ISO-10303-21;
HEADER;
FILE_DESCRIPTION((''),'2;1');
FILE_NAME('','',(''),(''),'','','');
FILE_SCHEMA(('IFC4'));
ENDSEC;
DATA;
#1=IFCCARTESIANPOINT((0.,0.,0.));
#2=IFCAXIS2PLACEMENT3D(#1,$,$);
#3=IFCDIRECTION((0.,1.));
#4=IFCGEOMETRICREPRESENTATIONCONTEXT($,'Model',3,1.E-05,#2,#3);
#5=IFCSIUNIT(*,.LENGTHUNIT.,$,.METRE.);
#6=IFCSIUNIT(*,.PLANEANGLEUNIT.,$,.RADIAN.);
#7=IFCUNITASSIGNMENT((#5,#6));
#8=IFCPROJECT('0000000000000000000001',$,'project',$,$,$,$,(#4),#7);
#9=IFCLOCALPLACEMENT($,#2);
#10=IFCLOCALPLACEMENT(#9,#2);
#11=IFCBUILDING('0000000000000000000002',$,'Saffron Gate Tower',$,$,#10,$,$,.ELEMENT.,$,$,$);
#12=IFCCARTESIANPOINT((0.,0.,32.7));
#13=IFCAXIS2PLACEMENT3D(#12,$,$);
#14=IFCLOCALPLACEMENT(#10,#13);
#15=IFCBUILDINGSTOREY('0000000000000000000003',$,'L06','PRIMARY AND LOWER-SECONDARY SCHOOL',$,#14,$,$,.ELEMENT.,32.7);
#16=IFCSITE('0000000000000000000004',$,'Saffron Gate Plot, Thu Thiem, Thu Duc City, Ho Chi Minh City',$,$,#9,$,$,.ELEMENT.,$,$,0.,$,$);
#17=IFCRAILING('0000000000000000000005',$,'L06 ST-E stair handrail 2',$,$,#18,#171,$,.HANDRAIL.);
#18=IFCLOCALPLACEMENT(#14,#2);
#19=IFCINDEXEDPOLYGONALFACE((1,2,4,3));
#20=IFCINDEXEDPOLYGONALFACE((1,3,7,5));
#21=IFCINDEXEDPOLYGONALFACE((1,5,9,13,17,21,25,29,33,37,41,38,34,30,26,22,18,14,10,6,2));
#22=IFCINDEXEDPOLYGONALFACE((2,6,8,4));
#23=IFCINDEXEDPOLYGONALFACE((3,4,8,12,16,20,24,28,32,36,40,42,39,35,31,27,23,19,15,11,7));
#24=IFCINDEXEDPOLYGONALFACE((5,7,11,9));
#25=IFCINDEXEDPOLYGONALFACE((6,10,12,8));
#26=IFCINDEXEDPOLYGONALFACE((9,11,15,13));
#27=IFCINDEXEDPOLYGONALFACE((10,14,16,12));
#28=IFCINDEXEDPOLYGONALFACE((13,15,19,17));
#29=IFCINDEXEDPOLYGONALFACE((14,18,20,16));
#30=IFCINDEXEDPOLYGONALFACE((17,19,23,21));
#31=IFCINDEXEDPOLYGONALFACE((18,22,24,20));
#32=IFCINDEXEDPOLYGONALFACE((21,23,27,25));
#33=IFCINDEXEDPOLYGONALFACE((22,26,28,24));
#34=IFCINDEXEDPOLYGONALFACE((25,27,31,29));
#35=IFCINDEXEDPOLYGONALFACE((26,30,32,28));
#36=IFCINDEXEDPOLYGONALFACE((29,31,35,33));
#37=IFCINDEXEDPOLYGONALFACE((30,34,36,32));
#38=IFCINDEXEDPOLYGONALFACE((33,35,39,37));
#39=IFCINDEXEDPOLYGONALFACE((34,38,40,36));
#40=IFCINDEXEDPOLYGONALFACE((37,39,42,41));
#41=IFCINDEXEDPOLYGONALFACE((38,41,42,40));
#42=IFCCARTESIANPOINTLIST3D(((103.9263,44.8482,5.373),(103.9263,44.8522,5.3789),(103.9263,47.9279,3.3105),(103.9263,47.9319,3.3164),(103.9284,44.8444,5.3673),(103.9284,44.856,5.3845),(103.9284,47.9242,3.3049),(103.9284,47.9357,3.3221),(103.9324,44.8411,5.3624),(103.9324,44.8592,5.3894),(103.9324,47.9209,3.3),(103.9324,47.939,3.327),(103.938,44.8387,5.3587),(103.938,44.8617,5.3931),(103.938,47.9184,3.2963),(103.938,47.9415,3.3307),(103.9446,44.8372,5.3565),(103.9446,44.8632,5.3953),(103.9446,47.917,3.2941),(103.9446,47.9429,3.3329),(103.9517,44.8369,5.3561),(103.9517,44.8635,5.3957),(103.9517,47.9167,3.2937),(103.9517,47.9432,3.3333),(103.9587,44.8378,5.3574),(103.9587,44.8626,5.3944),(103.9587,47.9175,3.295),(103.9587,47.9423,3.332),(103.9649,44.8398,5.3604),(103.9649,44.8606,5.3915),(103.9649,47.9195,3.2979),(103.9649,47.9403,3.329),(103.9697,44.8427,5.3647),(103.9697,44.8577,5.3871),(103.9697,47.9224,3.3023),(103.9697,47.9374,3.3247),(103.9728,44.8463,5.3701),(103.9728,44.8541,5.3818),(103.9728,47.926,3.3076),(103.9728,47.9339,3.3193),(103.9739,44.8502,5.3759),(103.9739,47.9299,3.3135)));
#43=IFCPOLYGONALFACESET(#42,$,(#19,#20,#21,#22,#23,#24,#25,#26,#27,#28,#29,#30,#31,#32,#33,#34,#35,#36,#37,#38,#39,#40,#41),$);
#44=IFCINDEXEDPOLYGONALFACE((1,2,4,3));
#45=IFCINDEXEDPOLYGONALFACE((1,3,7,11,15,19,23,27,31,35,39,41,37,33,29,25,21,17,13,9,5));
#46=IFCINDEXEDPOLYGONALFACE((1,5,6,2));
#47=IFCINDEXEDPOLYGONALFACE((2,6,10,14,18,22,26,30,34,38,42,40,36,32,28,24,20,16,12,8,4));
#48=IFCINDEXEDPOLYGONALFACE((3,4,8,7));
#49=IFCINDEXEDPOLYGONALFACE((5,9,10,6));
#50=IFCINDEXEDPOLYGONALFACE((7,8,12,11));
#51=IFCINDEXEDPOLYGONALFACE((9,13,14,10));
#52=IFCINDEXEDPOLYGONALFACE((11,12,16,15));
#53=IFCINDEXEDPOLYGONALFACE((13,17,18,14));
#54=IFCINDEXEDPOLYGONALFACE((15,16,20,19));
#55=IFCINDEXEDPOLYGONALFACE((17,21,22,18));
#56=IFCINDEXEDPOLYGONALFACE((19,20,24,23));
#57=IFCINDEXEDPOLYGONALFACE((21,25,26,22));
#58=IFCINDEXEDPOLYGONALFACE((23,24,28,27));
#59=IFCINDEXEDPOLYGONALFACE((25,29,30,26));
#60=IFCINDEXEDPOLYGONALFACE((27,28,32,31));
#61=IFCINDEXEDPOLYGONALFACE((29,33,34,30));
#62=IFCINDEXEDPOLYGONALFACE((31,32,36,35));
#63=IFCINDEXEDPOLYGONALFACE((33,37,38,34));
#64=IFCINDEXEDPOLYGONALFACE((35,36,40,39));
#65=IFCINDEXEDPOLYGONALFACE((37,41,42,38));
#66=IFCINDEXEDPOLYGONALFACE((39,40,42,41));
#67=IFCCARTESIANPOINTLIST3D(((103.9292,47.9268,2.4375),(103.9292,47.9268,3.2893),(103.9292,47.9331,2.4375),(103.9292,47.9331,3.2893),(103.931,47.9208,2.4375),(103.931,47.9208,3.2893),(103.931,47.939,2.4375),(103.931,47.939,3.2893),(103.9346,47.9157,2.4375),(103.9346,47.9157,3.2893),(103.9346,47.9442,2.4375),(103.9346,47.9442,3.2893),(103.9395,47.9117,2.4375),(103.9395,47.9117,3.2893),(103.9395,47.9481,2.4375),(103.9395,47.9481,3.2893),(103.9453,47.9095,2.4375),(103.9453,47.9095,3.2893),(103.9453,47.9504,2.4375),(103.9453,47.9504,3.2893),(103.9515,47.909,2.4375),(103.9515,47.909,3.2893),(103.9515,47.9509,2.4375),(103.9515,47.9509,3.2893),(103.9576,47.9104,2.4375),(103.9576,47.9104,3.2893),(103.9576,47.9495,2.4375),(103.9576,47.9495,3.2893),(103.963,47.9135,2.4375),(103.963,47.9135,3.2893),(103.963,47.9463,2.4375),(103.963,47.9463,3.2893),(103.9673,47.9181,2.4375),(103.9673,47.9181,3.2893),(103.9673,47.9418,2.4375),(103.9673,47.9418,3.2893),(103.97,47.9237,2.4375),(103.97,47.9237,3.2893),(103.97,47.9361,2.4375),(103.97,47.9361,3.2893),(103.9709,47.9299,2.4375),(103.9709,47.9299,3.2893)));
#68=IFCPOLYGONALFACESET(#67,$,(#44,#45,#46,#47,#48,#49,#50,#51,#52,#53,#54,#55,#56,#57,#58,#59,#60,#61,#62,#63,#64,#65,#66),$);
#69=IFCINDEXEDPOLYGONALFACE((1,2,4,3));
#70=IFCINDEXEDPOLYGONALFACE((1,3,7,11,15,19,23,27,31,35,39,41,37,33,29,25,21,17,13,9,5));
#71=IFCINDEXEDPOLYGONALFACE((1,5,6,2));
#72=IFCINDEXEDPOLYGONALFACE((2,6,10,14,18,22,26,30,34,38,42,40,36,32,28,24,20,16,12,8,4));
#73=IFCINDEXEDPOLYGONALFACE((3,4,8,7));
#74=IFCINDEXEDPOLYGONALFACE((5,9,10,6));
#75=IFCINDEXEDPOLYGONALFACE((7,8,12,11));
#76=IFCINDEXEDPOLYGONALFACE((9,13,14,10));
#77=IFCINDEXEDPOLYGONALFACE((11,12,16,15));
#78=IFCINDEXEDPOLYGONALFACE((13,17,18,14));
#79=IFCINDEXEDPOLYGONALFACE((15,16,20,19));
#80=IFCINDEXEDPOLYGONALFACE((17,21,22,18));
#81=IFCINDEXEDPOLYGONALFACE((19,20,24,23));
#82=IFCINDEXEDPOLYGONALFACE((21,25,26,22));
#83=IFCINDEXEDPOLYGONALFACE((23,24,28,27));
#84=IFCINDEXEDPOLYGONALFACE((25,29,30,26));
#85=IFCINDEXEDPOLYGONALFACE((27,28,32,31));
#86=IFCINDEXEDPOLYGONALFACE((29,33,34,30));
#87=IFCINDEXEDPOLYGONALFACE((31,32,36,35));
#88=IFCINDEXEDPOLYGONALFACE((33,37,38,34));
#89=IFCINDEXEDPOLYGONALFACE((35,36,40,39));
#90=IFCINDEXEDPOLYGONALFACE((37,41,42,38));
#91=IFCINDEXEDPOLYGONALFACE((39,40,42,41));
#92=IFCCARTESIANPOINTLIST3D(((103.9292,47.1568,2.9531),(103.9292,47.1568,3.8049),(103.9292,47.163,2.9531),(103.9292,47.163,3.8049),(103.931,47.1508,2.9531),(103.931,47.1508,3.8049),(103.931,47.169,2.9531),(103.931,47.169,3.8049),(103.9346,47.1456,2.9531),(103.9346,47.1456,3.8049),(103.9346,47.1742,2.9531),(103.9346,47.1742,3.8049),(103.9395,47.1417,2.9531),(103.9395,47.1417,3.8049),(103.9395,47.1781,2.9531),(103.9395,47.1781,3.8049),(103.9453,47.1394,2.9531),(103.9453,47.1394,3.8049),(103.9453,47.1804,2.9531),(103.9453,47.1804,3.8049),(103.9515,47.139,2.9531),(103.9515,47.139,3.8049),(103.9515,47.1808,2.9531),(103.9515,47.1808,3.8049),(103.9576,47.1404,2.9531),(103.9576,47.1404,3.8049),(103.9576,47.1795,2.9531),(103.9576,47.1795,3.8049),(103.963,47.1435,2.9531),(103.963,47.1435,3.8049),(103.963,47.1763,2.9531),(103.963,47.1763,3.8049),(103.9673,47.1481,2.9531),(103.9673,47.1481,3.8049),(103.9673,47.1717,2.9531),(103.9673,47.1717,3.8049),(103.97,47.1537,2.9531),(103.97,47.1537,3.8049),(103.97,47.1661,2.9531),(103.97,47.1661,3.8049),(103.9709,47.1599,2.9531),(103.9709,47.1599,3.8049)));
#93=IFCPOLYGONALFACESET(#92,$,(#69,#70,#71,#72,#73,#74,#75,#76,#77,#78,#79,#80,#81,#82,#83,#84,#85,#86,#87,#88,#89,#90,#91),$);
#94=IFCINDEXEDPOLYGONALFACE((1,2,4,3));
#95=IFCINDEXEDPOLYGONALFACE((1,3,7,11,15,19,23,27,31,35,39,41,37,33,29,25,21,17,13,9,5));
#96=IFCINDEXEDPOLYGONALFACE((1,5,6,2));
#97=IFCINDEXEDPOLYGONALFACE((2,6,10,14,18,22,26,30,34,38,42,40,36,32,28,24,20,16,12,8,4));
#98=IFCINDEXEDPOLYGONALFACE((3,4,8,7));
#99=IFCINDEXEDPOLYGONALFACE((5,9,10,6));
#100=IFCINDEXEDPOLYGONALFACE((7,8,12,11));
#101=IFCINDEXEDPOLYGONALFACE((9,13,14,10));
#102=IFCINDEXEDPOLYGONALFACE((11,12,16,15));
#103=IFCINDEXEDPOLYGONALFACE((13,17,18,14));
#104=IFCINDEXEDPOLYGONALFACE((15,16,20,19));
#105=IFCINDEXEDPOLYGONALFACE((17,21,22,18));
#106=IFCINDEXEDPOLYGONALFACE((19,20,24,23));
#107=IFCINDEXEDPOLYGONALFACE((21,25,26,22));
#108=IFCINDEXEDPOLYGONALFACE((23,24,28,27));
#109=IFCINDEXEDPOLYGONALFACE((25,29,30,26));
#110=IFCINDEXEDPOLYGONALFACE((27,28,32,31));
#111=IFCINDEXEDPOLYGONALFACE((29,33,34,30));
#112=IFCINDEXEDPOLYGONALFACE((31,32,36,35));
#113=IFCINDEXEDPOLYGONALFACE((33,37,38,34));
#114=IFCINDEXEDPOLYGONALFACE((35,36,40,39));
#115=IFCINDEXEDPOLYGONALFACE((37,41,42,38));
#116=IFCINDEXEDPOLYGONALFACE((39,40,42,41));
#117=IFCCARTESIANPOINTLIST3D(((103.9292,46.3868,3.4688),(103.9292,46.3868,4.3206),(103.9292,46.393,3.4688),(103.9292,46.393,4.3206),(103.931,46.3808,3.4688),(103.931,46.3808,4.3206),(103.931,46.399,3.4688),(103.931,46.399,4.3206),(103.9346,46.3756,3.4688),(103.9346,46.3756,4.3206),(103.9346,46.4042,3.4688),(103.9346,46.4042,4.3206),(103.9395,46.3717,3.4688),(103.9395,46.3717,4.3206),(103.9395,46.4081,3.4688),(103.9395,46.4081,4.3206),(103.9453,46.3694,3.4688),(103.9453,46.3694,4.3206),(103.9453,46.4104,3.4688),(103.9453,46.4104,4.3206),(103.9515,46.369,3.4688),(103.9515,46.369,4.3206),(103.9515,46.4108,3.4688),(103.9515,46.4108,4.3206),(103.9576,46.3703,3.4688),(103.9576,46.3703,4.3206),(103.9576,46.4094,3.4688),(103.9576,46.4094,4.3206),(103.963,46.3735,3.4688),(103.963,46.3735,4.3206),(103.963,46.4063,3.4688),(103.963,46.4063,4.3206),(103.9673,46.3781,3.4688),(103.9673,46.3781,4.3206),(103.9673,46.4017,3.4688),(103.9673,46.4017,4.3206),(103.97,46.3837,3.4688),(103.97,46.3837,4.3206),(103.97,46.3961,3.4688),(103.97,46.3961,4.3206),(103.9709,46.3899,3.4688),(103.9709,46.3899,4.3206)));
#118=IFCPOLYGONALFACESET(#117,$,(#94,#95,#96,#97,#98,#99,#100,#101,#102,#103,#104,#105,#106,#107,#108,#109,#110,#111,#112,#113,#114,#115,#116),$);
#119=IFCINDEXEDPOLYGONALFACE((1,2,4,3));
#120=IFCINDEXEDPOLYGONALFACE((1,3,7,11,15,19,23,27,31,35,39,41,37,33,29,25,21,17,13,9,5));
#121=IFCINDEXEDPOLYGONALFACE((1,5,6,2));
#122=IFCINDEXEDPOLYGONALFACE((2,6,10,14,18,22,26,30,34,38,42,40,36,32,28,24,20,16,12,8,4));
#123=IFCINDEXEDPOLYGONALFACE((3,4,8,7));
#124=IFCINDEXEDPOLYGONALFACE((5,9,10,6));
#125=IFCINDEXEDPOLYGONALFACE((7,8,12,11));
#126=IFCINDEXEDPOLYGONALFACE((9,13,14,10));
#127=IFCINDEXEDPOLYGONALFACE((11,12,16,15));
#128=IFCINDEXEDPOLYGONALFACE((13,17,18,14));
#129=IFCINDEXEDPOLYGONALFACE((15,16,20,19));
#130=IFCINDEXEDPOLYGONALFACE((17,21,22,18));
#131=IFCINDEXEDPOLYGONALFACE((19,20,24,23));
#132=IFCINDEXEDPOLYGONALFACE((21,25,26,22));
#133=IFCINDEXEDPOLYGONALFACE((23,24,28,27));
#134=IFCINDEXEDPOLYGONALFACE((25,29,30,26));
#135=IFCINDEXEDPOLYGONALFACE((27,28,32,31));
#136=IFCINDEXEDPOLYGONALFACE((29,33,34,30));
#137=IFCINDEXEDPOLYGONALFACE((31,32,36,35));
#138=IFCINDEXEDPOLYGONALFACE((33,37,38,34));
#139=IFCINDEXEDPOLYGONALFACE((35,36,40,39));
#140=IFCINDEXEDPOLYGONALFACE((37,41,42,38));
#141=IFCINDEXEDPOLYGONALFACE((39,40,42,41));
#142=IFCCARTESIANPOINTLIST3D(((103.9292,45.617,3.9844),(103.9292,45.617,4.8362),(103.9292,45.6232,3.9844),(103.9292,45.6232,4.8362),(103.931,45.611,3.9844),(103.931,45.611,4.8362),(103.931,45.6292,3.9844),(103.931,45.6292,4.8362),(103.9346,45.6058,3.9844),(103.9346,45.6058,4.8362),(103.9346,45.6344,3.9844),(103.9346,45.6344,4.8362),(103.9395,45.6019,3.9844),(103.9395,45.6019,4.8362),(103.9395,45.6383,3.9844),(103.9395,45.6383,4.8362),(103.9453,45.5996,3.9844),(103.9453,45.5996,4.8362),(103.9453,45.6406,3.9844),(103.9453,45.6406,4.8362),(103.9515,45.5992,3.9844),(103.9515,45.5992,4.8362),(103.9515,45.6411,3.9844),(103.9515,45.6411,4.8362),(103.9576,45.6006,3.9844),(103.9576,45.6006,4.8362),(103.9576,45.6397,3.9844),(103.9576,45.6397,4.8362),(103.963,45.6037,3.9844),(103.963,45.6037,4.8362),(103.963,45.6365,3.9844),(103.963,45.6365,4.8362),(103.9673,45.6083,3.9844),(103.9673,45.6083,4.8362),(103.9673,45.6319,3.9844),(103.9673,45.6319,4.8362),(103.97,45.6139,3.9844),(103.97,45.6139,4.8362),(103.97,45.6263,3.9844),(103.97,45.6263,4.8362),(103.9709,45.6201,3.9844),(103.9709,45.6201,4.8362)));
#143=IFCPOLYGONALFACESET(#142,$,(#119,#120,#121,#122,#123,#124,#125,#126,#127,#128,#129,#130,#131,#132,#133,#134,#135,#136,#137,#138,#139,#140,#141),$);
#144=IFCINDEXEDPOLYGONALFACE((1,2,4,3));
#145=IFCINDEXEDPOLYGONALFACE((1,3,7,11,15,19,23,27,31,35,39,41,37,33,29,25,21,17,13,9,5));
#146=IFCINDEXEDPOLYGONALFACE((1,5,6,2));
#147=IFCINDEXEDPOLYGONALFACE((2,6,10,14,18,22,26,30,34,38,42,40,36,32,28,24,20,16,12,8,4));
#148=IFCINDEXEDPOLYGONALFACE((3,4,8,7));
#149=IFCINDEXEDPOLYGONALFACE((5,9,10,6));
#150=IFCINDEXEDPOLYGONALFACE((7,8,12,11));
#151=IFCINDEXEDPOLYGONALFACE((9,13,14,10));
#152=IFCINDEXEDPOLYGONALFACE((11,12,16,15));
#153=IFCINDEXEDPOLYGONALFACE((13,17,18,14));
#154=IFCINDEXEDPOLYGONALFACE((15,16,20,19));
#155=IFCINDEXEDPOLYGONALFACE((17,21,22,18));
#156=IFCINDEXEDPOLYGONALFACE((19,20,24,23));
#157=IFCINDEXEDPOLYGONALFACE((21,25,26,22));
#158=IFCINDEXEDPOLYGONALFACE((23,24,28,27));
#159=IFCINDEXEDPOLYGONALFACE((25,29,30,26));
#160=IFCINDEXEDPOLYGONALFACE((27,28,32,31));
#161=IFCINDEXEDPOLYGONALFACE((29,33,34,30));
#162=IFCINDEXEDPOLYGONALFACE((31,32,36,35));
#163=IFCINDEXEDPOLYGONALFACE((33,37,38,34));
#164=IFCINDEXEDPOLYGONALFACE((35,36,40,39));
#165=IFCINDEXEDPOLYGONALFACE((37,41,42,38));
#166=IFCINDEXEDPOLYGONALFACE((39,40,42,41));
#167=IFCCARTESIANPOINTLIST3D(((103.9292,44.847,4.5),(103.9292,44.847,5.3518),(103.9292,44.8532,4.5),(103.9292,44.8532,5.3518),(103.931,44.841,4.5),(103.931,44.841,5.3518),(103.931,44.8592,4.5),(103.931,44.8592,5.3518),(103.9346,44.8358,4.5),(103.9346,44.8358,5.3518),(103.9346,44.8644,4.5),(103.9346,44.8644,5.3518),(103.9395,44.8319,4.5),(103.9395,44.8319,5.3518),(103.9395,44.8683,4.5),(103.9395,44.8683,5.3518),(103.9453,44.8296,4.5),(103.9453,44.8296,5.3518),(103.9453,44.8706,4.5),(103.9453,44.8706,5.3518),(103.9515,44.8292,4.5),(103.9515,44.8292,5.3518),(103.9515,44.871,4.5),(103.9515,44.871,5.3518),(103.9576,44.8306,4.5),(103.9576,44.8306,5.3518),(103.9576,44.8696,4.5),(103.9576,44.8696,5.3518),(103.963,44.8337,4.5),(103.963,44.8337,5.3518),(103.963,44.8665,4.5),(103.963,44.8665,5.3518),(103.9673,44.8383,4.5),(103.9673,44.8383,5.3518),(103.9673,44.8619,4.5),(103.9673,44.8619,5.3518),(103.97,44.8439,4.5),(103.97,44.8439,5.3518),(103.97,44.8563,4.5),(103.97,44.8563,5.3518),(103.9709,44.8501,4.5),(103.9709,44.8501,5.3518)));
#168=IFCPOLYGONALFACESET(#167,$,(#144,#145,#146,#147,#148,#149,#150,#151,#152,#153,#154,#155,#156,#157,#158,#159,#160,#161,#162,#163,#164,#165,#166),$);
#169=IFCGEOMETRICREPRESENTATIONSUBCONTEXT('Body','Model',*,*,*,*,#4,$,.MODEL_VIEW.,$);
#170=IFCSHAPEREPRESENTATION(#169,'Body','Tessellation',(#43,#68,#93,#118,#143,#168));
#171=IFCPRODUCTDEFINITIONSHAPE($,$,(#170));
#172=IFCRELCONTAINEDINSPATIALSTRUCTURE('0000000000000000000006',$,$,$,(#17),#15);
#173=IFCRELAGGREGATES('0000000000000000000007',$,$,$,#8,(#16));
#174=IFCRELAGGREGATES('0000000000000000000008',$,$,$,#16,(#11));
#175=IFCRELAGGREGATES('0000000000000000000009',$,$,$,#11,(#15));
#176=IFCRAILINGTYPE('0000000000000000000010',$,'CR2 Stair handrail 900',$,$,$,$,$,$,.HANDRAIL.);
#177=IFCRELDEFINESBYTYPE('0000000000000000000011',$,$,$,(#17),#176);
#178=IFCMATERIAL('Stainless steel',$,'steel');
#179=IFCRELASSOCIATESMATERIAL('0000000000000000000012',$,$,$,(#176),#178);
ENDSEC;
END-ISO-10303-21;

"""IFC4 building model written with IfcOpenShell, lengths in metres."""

from ifc_helpers import new_model, si_unit, direction, frame, origin, origin_2d, place, context, subcontext, project, spatial, circle, extrude, material, type_object, element, save


model = new_model("IFC4")

# Units and contexts
model_context = context("Model", 3, precision=1e-05, world=origin(), true_north=direction((0.0, 1.0)))
body_context = subcontext(model_context, "Body", "Model", "MODEL_VIEW")
ifc_project = project(units=[si_unit("LENGTHUNIT", "METRE"), si_unit("PLANEANGLEUNIT", "RADIAN")], contexts=[model_context])

# Site, building, storey
site_placement = place(None, origin())
site = spatial("IfcSite", under=ifc_project, at=site_placement, Name="Saffron Gate Plot, Thu Thiem, Thu Duc City, Ho Chi Minh City", CompositionType="ELEMENT", RefElevation=0.0)
building_placement = place(site_placement, origin())
building = spatial("IfcBuilding", under=site, at=building_placement, Name="Saffron Gate Tower", CompositionType="ELEMENT")
storey_placement = place(building_placement, frame((0.0, 0.0, 32.7)))
storey = spatial("IfcBuildingStorey", under=building, at=storey_placement, Name="L06", Description="PRIMARY AND LOWER-SECONDARY SCHOOL", CompositionType="ELEMENT", Elevation=32.7)

# Railing
ifc_material_1 = material(Name="Stainless steel", Category="steel")
railing_type_1 = type_object("IfcRailingType", Name="CR2 Stair handrail 900", PredefinedType="HANDRAIL", material=ifc_material_1)
railing_1_placement = place(storey_placement, frame((103.95, 47.9299, 2.4375)))
element("IfcRailing", 1, at=railing_1_placement, inside=storey, type_object=railing_type_1, Name="L06 ST-E stair handrail 2", PredefinedType="HANDRAIL", context=body_context, shape_type="SweptSolid", body=[
    extrude(circle(Radius=0.0239, at=origin_2d()), frame((0.0, 0.0, 0.876), z_axis=(0.0, -0.830893, 0.556432), x_axis=(1.0, 0.0, 0.0)), (0.0, 0.0, 1.0), 3.7065),
    extrude(circle(Radius=0.021, at=origin_2d()), origin(), (0.0, 0.0, 1.0), 0.8518),
    extrude(circle(Radius=0.021, at=origin_2d()), frame((0.0, -0.77, 0.5156)), (0.0, 0.0, 1.0), 0.8518),
    extrude(circle(Radius=0.021, at=origin_2d()), frame((0.0, -1.54, 1.0312)), (0.0, 0.0, 1.0), 0.8518),
    extrude(circle(Radius=0.021, at=origin_2d()), frame((0.0, -2.3098, 1.5469)), (0.0, 0.0, 1.0), 0.8518),
    extrude(circle(Radius=0.021, at=origin_2d()), frame((0.0, -3.0798, 2.0625)), (0.0, 0.0, 1.0), 0.8518),
])

save(model, "model.ifc")
